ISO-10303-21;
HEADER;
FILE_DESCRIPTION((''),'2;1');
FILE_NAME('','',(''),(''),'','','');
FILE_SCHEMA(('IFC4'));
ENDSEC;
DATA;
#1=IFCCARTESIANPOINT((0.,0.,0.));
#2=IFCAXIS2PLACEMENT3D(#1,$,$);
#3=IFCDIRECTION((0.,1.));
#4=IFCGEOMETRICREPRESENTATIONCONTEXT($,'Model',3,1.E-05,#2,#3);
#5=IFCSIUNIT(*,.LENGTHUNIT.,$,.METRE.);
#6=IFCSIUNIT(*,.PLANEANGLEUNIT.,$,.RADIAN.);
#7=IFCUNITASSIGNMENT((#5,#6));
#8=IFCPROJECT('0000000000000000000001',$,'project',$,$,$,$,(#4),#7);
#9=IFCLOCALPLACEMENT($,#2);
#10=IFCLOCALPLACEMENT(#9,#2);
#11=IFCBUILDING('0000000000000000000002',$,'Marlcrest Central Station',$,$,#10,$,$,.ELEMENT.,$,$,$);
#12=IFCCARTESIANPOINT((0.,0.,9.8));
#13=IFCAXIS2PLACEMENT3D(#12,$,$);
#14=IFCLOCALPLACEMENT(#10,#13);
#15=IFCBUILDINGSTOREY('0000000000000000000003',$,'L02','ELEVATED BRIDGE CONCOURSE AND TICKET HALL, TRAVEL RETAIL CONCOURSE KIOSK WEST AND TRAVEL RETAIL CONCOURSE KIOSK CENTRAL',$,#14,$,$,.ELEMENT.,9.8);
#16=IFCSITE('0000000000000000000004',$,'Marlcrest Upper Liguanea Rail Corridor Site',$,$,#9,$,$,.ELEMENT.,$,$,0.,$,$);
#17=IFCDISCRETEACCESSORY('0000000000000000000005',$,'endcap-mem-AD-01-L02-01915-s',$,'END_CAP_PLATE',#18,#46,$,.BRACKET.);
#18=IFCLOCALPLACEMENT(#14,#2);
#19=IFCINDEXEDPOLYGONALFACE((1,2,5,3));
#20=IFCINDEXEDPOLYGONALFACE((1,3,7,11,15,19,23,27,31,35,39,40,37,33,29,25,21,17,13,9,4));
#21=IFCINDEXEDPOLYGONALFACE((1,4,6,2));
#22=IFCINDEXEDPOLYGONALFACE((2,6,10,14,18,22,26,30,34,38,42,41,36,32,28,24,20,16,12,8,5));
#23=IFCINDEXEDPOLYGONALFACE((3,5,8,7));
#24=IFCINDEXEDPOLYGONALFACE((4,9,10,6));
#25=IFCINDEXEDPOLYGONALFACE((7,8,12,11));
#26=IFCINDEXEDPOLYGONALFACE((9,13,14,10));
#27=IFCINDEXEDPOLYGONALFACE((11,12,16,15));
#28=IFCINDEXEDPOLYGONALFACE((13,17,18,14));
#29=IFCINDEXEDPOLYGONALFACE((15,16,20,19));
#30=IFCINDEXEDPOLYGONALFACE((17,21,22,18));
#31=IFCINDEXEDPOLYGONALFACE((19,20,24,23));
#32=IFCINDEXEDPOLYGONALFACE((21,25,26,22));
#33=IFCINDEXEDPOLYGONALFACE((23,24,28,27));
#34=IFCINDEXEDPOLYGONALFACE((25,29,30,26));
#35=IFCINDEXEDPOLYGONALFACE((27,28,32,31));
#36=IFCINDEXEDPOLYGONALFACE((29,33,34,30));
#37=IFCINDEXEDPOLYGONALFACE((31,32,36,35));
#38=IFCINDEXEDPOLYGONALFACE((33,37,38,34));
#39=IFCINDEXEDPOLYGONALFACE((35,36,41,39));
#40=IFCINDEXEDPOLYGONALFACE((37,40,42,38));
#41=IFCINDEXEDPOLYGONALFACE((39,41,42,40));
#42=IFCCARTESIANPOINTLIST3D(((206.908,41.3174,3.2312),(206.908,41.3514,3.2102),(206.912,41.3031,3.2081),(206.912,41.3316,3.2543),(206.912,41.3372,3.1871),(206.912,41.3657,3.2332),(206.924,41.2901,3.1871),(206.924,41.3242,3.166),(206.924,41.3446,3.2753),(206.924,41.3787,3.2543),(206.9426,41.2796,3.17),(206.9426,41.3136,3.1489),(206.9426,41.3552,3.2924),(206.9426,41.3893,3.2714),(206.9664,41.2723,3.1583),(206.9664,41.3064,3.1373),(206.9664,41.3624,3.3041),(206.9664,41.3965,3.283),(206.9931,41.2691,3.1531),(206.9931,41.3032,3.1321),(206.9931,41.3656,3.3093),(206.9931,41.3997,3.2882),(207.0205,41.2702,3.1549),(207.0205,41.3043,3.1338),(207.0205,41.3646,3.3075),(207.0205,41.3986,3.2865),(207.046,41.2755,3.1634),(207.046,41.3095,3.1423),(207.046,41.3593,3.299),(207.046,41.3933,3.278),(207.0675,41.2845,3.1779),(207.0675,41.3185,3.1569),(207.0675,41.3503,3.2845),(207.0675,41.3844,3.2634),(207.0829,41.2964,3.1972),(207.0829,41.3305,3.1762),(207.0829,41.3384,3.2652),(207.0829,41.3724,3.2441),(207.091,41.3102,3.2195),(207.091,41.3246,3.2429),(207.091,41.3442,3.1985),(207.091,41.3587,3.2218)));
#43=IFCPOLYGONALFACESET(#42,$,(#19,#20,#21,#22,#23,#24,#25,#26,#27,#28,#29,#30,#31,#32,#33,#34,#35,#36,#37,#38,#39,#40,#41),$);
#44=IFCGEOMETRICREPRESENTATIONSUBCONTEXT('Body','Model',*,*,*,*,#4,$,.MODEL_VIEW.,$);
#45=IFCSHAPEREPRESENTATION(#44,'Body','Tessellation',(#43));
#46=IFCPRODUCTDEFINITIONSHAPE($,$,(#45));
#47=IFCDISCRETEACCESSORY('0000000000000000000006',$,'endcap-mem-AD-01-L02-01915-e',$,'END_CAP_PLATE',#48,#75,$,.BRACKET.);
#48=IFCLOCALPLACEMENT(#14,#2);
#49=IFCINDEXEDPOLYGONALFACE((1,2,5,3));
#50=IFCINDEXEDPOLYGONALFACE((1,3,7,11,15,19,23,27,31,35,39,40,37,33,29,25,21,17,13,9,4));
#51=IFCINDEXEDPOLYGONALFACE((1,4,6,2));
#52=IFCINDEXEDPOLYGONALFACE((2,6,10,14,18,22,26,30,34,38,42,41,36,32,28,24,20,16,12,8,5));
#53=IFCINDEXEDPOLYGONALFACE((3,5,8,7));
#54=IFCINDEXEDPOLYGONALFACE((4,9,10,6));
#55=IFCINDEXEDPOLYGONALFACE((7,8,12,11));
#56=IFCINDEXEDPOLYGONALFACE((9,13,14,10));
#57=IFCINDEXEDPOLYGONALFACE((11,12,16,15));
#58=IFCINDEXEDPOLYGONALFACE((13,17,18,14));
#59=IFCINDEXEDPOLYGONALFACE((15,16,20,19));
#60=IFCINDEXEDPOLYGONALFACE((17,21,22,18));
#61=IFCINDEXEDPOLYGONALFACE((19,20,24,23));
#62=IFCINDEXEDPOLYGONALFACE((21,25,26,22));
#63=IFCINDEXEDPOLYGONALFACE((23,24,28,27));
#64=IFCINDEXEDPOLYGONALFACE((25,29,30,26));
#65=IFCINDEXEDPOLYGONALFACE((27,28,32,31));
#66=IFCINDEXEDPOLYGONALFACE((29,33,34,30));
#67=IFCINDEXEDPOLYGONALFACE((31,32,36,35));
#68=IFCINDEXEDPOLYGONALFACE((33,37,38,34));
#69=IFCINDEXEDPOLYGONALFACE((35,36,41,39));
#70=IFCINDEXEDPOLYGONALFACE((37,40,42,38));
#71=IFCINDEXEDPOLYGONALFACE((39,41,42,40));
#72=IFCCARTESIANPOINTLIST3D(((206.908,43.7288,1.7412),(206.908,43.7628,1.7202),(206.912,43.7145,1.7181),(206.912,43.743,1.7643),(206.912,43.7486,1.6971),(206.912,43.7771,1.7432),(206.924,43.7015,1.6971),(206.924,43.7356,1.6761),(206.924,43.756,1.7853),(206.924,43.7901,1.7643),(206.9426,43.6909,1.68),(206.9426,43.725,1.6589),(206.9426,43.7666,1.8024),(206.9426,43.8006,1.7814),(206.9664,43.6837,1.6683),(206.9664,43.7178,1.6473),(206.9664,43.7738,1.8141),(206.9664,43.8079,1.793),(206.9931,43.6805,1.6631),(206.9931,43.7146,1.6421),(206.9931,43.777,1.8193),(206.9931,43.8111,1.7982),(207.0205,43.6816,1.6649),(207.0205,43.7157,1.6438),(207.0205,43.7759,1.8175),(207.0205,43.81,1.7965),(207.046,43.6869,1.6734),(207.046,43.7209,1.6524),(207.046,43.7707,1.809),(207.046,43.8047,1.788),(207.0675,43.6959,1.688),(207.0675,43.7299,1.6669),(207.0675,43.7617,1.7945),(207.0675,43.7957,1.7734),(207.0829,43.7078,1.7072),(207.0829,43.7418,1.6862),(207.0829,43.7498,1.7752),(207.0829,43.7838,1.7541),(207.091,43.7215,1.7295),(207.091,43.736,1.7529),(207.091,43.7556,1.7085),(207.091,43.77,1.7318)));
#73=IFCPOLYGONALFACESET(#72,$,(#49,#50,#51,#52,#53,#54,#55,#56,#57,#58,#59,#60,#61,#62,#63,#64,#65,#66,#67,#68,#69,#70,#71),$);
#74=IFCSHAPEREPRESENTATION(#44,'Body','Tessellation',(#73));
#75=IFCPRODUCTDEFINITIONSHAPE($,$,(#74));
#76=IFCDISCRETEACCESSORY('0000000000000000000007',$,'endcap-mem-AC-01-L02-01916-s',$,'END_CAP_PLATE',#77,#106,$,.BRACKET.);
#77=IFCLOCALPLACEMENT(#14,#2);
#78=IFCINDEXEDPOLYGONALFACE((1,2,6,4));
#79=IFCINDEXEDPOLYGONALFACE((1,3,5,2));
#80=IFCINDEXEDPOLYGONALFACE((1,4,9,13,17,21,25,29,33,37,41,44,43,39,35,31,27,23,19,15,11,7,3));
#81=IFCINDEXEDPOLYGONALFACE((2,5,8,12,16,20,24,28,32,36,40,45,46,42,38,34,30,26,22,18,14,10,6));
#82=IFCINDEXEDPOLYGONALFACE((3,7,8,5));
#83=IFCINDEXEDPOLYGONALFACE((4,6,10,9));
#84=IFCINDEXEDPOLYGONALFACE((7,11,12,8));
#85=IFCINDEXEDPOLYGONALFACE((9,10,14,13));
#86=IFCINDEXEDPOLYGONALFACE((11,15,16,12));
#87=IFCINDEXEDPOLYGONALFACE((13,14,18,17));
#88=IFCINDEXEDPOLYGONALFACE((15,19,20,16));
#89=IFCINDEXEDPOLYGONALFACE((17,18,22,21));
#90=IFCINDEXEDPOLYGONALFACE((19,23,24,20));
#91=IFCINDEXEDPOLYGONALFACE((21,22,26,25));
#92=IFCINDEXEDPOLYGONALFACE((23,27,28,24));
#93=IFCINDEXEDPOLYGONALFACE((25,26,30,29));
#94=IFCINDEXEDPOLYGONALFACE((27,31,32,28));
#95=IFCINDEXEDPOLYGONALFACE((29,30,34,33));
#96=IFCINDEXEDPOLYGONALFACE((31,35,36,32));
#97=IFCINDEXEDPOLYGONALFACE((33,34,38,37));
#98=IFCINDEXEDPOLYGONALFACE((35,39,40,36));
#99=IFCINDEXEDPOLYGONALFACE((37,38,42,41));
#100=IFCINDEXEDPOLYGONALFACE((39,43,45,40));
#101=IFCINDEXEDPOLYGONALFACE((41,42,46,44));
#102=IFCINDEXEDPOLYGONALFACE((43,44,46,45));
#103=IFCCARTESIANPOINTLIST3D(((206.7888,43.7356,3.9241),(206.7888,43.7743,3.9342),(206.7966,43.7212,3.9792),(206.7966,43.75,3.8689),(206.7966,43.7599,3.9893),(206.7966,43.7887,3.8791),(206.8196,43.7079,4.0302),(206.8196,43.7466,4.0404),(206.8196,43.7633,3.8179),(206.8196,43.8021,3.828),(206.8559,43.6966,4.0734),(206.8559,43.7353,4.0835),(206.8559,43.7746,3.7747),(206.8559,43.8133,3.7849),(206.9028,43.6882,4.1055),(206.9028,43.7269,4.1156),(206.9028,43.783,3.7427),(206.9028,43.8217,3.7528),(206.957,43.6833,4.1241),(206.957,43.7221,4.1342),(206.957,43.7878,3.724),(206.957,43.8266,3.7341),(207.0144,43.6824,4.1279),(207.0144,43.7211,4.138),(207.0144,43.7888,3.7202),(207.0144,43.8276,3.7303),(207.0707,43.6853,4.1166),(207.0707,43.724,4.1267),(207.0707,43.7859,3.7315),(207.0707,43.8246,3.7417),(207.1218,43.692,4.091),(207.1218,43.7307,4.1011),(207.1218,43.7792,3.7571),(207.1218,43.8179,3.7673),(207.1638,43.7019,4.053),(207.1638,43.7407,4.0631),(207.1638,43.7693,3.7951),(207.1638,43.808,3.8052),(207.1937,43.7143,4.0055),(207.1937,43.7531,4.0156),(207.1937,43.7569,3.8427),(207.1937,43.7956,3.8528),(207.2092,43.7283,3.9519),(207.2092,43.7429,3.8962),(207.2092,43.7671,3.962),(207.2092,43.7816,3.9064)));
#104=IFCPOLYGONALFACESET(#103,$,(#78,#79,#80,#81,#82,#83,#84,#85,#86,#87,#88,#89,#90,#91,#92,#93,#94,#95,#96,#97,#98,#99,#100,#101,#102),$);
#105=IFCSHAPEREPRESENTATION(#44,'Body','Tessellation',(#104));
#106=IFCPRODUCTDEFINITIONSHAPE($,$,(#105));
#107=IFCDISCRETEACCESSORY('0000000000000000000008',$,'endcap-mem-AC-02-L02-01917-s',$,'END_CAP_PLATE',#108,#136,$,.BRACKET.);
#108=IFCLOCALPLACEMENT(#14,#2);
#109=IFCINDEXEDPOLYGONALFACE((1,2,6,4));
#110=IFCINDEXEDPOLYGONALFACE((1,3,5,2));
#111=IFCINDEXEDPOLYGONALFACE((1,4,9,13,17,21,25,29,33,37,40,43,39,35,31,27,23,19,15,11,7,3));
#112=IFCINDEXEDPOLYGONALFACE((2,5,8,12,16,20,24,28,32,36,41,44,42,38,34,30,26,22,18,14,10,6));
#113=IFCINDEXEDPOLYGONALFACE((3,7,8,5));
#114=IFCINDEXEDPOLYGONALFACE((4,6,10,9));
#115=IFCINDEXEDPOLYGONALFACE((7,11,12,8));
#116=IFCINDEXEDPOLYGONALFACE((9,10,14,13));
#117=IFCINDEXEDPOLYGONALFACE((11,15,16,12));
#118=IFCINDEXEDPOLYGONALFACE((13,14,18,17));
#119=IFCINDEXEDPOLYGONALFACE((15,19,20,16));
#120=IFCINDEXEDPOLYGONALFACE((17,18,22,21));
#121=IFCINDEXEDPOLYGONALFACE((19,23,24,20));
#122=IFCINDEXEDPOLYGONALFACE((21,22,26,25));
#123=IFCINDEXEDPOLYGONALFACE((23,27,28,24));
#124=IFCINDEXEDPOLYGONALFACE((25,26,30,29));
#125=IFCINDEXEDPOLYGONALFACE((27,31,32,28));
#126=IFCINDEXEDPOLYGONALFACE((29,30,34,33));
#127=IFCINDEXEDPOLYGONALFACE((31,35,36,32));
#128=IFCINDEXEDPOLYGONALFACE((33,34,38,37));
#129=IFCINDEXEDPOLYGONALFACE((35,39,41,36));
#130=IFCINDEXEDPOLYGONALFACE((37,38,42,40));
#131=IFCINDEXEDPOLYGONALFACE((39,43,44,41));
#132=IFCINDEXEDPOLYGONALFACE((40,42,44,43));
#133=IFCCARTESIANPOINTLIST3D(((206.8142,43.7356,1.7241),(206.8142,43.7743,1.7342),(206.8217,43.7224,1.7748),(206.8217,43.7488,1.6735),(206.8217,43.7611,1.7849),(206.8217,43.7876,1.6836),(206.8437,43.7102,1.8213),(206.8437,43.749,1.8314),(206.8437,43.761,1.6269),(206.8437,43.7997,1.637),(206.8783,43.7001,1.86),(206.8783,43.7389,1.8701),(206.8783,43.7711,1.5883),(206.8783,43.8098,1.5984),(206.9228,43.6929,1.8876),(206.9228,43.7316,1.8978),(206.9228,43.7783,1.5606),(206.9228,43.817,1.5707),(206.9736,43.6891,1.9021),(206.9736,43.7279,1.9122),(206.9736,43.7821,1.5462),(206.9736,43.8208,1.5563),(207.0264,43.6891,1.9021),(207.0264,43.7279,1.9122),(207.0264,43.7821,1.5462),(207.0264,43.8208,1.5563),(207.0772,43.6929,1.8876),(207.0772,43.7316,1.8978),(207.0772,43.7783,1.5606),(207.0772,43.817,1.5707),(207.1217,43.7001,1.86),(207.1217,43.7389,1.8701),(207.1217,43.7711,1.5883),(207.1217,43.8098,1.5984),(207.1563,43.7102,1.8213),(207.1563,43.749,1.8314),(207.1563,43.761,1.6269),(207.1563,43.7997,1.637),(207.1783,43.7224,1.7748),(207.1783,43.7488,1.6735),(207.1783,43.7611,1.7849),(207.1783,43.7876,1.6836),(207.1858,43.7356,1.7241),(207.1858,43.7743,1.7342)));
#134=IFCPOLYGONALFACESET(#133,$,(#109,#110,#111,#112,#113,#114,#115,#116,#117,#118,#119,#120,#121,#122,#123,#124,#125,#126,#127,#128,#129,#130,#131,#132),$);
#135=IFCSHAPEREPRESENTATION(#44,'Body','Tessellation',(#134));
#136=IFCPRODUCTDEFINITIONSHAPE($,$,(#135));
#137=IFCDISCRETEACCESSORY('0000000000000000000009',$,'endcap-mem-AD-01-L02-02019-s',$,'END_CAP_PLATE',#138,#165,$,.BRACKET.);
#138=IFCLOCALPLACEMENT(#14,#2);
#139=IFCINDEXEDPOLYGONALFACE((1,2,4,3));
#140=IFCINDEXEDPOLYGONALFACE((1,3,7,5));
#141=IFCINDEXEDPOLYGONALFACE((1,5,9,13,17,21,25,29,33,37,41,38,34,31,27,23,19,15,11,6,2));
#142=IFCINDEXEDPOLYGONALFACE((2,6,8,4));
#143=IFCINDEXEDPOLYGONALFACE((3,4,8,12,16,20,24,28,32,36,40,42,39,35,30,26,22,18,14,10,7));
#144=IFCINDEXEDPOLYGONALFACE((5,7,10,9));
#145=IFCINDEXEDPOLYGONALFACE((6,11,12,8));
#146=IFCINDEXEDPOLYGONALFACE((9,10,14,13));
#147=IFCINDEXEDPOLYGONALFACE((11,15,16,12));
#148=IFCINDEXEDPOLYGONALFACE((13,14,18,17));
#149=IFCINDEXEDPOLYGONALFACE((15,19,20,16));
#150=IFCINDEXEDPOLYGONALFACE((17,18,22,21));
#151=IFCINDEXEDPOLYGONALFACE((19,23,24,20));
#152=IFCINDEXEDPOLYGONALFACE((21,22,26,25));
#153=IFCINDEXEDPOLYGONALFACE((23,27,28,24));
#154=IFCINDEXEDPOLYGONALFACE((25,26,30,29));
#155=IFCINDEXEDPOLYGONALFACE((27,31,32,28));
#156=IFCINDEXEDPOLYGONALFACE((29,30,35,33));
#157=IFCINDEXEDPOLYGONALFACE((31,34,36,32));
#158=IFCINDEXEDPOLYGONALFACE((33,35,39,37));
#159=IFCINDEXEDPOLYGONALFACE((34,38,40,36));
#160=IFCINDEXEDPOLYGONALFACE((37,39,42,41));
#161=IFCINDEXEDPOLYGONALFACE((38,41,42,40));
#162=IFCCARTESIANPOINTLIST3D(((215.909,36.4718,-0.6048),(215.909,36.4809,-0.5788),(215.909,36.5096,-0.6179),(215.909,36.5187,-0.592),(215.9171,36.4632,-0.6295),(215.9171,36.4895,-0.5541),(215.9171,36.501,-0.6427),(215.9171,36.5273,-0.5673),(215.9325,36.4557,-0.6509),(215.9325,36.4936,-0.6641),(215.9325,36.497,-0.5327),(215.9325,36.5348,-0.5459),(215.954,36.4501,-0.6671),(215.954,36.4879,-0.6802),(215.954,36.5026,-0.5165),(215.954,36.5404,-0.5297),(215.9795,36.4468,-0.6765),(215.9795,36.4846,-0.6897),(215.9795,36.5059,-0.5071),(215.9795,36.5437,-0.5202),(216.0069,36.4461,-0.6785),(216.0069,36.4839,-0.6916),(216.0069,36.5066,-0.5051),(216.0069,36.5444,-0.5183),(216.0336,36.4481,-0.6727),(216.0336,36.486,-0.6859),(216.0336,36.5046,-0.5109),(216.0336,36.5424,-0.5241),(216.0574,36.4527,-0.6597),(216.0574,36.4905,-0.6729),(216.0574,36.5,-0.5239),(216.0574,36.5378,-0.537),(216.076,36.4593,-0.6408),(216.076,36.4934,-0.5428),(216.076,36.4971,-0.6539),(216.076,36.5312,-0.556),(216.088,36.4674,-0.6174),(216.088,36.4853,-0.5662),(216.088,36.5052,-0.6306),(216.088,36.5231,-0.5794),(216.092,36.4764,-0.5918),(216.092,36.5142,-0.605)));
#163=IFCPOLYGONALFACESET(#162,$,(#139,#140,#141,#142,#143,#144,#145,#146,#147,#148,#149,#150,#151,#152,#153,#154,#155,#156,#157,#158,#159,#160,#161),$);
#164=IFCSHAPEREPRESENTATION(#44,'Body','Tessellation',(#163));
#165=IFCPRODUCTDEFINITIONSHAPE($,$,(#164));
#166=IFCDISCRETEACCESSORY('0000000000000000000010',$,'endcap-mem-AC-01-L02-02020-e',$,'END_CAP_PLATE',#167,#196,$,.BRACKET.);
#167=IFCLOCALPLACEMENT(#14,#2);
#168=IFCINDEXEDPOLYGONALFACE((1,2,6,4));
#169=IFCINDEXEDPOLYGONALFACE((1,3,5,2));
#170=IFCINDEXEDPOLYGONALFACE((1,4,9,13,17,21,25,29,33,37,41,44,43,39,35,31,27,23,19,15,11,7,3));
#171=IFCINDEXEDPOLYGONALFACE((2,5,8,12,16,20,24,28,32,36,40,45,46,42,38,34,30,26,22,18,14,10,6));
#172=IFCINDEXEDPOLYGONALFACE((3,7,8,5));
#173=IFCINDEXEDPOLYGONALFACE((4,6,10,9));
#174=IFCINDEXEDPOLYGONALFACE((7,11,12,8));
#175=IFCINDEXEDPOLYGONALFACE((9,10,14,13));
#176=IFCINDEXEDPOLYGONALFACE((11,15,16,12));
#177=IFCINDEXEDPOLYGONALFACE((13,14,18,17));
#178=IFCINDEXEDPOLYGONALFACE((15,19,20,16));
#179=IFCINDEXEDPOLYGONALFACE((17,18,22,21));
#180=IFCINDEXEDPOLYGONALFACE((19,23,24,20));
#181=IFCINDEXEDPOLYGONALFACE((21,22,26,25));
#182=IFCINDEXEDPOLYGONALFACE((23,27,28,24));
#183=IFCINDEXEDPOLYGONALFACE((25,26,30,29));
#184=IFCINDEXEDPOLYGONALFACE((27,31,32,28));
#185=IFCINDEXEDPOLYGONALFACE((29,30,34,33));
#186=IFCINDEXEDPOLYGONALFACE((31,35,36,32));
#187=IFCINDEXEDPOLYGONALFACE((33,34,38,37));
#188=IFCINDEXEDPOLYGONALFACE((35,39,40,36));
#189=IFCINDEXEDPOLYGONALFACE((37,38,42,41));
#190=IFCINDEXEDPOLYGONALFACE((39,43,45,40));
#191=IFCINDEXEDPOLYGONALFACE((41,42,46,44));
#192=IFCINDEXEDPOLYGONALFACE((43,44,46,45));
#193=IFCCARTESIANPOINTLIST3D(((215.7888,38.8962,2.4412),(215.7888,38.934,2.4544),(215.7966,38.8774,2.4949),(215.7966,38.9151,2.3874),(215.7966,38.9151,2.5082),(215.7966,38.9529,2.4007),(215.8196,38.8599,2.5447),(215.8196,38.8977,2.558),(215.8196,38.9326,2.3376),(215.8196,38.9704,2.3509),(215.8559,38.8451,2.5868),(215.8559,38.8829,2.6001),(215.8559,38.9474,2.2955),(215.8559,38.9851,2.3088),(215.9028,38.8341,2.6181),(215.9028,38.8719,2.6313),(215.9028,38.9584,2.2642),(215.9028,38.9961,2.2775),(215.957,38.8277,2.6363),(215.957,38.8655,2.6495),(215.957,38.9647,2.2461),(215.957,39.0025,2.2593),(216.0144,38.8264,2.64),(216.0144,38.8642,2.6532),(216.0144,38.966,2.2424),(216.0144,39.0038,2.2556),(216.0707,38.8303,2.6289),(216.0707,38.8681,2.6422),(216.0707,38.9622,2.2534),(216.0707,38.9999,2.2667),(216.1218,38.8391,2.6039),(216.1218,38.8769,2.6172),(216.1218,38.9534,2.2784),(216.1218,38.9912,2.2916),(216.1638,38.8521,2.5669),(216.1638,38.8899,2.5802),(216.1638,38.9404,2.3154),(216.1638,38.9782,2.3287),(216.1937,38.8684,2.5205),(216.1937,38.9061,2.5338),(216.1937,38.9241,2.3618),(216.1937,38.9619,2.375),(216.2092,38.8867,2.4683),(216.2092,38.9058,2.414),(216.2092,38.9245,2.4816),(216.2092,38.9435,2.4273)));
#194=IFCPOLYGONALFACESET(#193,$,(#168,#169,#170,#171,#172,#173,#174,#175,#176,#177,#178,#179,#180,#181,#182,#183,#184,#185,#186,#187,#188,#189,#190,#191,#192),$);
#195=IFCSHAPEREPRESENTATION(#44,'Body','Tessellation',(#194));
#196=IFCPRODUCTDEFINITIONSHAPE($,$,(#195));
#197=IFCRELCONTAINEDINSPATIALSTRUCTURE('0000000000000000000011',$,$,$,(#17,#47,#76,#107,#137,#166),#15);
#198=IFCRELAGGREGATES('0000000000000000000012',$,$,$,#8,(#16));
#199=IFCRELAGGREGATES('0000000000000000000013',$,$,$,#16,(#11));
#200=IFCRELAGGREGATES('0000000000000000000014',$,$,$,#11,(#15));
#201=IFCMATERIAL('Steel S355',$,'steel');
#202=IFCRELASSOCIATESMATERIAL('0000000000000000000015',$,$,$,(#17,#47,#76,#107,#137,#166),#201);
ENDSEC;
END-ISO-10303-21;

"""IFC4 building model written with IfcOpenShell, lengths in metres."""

from ifc_helpers import new_model, si_unit, direction, frame, origin, origin_2d, place, context, subcontext, project, spatial, circle, extrude, material, element, save


model = new_model("IFC4")

# Units and contexts
model_context = context("Model", 3, precision=1e-05, world=origin(), true_north=direction((0.0, 1.0)))
body_context = subcontext(model_context, "Body", "Model", "MODEL_VIEW")
ifc_project = project(units=[si_unit("LENGTHUNIT", "METRE"), si_unit("PLANEANGLEUNIT", "RADIAN")], contexts=[model_context])

# Site, building, storey
site_placement = place(None, origin())
site = spatial("IfcSite", under=ifc_project, at=site_placement, Name="Marlcrest Upper Liguanea Rail Corridor Site", CompositionType="ELEMENT", RefElevation=0.0)
building_placement = place(site_placement, origin())
building = spatial("IfcBuilding", under=site, at=building_placement, Name="Marlcrest Central Station", CompositionType="ELEMENT")
storey_placement = place(building_placement, frame((0.0, 0.0, 9.8)))
storey = spatial("IfcBuildingStorey", under=building, at=storey_placement, Name="L02", Description="ELEVATED BRIDGE CONCOURSE AND TICKET HALL, TRAVEL RETAIL CONCOURSE KIOSK WEST AND TRAVEL RETAIL CONCOURSE KIOSK CENTRAL", CompositionType="ELEMENT", Elevation=9.8)

# Shared definitions
ifc_material_1 = material(Name="Steel S355", Category="steel")

# Discrete accessories
for number, where, z_axis, x_axis, name in (
    (1, (207.0, 41.3174, 3.2312), (0.0, 0.850687, -0.525672), (-1.0, 0.0, 0.0), "endcap-mem-AD-01-L02-01915-s"),
    (2, (207.0, 43.7288, 1.7412), (0.0, 0.850687, -0.525672), (-1.0, 0.0, 0.0), "endcap-mem-AD-01-L02-01915-e"),
):
    element("IfcDiscreteAccessory", number, at=place(storey_placement, frame(where, z_axis=z_axis, x_axis=x_axis)), inside=storey, material=ifc_material_1, Name=name, ObjectType="END_CAP_PLATE", PredefinedType="BRACKET", context=body_context, shape_type="SweptSolid", body=[
        extrude(circle(Radius=0.092, at=origin_2d()), origin(), (0.0, 0.0, 1.0), 0.04),
    ])
discrete_accessory_1_placement = place(storey_placement, frame((207.0, 43.7356, 3.9241), z_axis=(0.0, 0.967539, 0.25272), x_axis=(-1.0, 0.0, 0.0)))
element("IfcDiscreteAccessory", 3, at=discrete_accessory_1_placement, inside=storey, material=ifc_material_1, Name="endcap-mem-AC-01-L02-01916-s", ObjectType="END_CAP_PLATE", PredefinedType="BRACKET", context=body_context, shape_type="SweptSolid", body=[
    extrude(circle(Radius=0.2112, at=origin_2d()), origin(), (0.0, 0.0, 1.0), 0.04),
])
discrete_accessory_2_placement = place(storey_placement, frame((207.0, 43.7356, 1.7241), z_axis=(0.0, 0.967563, 0.252629), x_axis=(-1.0, 0.0, 0.0)))
element("IfcDiscreteAccessory", 4, at=discrete_accessory_2_placement, inside=storey, material=ifc_material_1, Name="endcap-mem-AC-02-L02-01917-s", ObjectType="END_CAP_PLATE", PredefinedType="BRACKET", context=body_context, shape_type="SweptSolid", body=[
    extrude(circle(Radius=0.1858, at=origin_2d()), origin(), (0.0, 0.0, 1.0), 0.04),
])
discrete_accessory_3_placement = place(storey_placement, frame((216.0, 36.5142, -0.605), z_axis=(0.0, -0.94426, 0.3292), x_axis=(1.0, 0.0, 0.0)))
element("IfcDiscreteAccessory", 5, at=discrete_accessory_3_placement, inside=storey, material=ifc_material_1, Name="endcap-mem-AD-01-L02-02019-s", ObjectType="END_CAP_PLATE", PredefinedType="BRACKET", context=body_context, shape_type="SweptSolid", body=[
    extrude(circle(Radius=0.092, at=origin_2d()), origin(), (0.0, 0.0, 1.0), 0.04),
])
discrete_accessory_4_placement = place(storey_placement, frame((216.0, 38.8962, 2.4412), z_axis=(0.0, 0.943537, 0.331266), x_axis=(-1.0, 0.0, 0.0)))
element("IfcDiscreteAccessory", 6, at=discrete_accessory_4_placement, inside=storey, material=ifc_material_1, Name="endcap-mem-AC-01-L02-02020-e", ObjectType="END_CAP_PLATE", PredefinedType="BRACKET", context=body_context, shape_type="SweptSolid", body=[
    extrude(circle(Radius=0.2112, at=origin_2d()), origin(), (0.0, 0.0, 1.0), 0.04),
])

save(model, "model.ifc")
